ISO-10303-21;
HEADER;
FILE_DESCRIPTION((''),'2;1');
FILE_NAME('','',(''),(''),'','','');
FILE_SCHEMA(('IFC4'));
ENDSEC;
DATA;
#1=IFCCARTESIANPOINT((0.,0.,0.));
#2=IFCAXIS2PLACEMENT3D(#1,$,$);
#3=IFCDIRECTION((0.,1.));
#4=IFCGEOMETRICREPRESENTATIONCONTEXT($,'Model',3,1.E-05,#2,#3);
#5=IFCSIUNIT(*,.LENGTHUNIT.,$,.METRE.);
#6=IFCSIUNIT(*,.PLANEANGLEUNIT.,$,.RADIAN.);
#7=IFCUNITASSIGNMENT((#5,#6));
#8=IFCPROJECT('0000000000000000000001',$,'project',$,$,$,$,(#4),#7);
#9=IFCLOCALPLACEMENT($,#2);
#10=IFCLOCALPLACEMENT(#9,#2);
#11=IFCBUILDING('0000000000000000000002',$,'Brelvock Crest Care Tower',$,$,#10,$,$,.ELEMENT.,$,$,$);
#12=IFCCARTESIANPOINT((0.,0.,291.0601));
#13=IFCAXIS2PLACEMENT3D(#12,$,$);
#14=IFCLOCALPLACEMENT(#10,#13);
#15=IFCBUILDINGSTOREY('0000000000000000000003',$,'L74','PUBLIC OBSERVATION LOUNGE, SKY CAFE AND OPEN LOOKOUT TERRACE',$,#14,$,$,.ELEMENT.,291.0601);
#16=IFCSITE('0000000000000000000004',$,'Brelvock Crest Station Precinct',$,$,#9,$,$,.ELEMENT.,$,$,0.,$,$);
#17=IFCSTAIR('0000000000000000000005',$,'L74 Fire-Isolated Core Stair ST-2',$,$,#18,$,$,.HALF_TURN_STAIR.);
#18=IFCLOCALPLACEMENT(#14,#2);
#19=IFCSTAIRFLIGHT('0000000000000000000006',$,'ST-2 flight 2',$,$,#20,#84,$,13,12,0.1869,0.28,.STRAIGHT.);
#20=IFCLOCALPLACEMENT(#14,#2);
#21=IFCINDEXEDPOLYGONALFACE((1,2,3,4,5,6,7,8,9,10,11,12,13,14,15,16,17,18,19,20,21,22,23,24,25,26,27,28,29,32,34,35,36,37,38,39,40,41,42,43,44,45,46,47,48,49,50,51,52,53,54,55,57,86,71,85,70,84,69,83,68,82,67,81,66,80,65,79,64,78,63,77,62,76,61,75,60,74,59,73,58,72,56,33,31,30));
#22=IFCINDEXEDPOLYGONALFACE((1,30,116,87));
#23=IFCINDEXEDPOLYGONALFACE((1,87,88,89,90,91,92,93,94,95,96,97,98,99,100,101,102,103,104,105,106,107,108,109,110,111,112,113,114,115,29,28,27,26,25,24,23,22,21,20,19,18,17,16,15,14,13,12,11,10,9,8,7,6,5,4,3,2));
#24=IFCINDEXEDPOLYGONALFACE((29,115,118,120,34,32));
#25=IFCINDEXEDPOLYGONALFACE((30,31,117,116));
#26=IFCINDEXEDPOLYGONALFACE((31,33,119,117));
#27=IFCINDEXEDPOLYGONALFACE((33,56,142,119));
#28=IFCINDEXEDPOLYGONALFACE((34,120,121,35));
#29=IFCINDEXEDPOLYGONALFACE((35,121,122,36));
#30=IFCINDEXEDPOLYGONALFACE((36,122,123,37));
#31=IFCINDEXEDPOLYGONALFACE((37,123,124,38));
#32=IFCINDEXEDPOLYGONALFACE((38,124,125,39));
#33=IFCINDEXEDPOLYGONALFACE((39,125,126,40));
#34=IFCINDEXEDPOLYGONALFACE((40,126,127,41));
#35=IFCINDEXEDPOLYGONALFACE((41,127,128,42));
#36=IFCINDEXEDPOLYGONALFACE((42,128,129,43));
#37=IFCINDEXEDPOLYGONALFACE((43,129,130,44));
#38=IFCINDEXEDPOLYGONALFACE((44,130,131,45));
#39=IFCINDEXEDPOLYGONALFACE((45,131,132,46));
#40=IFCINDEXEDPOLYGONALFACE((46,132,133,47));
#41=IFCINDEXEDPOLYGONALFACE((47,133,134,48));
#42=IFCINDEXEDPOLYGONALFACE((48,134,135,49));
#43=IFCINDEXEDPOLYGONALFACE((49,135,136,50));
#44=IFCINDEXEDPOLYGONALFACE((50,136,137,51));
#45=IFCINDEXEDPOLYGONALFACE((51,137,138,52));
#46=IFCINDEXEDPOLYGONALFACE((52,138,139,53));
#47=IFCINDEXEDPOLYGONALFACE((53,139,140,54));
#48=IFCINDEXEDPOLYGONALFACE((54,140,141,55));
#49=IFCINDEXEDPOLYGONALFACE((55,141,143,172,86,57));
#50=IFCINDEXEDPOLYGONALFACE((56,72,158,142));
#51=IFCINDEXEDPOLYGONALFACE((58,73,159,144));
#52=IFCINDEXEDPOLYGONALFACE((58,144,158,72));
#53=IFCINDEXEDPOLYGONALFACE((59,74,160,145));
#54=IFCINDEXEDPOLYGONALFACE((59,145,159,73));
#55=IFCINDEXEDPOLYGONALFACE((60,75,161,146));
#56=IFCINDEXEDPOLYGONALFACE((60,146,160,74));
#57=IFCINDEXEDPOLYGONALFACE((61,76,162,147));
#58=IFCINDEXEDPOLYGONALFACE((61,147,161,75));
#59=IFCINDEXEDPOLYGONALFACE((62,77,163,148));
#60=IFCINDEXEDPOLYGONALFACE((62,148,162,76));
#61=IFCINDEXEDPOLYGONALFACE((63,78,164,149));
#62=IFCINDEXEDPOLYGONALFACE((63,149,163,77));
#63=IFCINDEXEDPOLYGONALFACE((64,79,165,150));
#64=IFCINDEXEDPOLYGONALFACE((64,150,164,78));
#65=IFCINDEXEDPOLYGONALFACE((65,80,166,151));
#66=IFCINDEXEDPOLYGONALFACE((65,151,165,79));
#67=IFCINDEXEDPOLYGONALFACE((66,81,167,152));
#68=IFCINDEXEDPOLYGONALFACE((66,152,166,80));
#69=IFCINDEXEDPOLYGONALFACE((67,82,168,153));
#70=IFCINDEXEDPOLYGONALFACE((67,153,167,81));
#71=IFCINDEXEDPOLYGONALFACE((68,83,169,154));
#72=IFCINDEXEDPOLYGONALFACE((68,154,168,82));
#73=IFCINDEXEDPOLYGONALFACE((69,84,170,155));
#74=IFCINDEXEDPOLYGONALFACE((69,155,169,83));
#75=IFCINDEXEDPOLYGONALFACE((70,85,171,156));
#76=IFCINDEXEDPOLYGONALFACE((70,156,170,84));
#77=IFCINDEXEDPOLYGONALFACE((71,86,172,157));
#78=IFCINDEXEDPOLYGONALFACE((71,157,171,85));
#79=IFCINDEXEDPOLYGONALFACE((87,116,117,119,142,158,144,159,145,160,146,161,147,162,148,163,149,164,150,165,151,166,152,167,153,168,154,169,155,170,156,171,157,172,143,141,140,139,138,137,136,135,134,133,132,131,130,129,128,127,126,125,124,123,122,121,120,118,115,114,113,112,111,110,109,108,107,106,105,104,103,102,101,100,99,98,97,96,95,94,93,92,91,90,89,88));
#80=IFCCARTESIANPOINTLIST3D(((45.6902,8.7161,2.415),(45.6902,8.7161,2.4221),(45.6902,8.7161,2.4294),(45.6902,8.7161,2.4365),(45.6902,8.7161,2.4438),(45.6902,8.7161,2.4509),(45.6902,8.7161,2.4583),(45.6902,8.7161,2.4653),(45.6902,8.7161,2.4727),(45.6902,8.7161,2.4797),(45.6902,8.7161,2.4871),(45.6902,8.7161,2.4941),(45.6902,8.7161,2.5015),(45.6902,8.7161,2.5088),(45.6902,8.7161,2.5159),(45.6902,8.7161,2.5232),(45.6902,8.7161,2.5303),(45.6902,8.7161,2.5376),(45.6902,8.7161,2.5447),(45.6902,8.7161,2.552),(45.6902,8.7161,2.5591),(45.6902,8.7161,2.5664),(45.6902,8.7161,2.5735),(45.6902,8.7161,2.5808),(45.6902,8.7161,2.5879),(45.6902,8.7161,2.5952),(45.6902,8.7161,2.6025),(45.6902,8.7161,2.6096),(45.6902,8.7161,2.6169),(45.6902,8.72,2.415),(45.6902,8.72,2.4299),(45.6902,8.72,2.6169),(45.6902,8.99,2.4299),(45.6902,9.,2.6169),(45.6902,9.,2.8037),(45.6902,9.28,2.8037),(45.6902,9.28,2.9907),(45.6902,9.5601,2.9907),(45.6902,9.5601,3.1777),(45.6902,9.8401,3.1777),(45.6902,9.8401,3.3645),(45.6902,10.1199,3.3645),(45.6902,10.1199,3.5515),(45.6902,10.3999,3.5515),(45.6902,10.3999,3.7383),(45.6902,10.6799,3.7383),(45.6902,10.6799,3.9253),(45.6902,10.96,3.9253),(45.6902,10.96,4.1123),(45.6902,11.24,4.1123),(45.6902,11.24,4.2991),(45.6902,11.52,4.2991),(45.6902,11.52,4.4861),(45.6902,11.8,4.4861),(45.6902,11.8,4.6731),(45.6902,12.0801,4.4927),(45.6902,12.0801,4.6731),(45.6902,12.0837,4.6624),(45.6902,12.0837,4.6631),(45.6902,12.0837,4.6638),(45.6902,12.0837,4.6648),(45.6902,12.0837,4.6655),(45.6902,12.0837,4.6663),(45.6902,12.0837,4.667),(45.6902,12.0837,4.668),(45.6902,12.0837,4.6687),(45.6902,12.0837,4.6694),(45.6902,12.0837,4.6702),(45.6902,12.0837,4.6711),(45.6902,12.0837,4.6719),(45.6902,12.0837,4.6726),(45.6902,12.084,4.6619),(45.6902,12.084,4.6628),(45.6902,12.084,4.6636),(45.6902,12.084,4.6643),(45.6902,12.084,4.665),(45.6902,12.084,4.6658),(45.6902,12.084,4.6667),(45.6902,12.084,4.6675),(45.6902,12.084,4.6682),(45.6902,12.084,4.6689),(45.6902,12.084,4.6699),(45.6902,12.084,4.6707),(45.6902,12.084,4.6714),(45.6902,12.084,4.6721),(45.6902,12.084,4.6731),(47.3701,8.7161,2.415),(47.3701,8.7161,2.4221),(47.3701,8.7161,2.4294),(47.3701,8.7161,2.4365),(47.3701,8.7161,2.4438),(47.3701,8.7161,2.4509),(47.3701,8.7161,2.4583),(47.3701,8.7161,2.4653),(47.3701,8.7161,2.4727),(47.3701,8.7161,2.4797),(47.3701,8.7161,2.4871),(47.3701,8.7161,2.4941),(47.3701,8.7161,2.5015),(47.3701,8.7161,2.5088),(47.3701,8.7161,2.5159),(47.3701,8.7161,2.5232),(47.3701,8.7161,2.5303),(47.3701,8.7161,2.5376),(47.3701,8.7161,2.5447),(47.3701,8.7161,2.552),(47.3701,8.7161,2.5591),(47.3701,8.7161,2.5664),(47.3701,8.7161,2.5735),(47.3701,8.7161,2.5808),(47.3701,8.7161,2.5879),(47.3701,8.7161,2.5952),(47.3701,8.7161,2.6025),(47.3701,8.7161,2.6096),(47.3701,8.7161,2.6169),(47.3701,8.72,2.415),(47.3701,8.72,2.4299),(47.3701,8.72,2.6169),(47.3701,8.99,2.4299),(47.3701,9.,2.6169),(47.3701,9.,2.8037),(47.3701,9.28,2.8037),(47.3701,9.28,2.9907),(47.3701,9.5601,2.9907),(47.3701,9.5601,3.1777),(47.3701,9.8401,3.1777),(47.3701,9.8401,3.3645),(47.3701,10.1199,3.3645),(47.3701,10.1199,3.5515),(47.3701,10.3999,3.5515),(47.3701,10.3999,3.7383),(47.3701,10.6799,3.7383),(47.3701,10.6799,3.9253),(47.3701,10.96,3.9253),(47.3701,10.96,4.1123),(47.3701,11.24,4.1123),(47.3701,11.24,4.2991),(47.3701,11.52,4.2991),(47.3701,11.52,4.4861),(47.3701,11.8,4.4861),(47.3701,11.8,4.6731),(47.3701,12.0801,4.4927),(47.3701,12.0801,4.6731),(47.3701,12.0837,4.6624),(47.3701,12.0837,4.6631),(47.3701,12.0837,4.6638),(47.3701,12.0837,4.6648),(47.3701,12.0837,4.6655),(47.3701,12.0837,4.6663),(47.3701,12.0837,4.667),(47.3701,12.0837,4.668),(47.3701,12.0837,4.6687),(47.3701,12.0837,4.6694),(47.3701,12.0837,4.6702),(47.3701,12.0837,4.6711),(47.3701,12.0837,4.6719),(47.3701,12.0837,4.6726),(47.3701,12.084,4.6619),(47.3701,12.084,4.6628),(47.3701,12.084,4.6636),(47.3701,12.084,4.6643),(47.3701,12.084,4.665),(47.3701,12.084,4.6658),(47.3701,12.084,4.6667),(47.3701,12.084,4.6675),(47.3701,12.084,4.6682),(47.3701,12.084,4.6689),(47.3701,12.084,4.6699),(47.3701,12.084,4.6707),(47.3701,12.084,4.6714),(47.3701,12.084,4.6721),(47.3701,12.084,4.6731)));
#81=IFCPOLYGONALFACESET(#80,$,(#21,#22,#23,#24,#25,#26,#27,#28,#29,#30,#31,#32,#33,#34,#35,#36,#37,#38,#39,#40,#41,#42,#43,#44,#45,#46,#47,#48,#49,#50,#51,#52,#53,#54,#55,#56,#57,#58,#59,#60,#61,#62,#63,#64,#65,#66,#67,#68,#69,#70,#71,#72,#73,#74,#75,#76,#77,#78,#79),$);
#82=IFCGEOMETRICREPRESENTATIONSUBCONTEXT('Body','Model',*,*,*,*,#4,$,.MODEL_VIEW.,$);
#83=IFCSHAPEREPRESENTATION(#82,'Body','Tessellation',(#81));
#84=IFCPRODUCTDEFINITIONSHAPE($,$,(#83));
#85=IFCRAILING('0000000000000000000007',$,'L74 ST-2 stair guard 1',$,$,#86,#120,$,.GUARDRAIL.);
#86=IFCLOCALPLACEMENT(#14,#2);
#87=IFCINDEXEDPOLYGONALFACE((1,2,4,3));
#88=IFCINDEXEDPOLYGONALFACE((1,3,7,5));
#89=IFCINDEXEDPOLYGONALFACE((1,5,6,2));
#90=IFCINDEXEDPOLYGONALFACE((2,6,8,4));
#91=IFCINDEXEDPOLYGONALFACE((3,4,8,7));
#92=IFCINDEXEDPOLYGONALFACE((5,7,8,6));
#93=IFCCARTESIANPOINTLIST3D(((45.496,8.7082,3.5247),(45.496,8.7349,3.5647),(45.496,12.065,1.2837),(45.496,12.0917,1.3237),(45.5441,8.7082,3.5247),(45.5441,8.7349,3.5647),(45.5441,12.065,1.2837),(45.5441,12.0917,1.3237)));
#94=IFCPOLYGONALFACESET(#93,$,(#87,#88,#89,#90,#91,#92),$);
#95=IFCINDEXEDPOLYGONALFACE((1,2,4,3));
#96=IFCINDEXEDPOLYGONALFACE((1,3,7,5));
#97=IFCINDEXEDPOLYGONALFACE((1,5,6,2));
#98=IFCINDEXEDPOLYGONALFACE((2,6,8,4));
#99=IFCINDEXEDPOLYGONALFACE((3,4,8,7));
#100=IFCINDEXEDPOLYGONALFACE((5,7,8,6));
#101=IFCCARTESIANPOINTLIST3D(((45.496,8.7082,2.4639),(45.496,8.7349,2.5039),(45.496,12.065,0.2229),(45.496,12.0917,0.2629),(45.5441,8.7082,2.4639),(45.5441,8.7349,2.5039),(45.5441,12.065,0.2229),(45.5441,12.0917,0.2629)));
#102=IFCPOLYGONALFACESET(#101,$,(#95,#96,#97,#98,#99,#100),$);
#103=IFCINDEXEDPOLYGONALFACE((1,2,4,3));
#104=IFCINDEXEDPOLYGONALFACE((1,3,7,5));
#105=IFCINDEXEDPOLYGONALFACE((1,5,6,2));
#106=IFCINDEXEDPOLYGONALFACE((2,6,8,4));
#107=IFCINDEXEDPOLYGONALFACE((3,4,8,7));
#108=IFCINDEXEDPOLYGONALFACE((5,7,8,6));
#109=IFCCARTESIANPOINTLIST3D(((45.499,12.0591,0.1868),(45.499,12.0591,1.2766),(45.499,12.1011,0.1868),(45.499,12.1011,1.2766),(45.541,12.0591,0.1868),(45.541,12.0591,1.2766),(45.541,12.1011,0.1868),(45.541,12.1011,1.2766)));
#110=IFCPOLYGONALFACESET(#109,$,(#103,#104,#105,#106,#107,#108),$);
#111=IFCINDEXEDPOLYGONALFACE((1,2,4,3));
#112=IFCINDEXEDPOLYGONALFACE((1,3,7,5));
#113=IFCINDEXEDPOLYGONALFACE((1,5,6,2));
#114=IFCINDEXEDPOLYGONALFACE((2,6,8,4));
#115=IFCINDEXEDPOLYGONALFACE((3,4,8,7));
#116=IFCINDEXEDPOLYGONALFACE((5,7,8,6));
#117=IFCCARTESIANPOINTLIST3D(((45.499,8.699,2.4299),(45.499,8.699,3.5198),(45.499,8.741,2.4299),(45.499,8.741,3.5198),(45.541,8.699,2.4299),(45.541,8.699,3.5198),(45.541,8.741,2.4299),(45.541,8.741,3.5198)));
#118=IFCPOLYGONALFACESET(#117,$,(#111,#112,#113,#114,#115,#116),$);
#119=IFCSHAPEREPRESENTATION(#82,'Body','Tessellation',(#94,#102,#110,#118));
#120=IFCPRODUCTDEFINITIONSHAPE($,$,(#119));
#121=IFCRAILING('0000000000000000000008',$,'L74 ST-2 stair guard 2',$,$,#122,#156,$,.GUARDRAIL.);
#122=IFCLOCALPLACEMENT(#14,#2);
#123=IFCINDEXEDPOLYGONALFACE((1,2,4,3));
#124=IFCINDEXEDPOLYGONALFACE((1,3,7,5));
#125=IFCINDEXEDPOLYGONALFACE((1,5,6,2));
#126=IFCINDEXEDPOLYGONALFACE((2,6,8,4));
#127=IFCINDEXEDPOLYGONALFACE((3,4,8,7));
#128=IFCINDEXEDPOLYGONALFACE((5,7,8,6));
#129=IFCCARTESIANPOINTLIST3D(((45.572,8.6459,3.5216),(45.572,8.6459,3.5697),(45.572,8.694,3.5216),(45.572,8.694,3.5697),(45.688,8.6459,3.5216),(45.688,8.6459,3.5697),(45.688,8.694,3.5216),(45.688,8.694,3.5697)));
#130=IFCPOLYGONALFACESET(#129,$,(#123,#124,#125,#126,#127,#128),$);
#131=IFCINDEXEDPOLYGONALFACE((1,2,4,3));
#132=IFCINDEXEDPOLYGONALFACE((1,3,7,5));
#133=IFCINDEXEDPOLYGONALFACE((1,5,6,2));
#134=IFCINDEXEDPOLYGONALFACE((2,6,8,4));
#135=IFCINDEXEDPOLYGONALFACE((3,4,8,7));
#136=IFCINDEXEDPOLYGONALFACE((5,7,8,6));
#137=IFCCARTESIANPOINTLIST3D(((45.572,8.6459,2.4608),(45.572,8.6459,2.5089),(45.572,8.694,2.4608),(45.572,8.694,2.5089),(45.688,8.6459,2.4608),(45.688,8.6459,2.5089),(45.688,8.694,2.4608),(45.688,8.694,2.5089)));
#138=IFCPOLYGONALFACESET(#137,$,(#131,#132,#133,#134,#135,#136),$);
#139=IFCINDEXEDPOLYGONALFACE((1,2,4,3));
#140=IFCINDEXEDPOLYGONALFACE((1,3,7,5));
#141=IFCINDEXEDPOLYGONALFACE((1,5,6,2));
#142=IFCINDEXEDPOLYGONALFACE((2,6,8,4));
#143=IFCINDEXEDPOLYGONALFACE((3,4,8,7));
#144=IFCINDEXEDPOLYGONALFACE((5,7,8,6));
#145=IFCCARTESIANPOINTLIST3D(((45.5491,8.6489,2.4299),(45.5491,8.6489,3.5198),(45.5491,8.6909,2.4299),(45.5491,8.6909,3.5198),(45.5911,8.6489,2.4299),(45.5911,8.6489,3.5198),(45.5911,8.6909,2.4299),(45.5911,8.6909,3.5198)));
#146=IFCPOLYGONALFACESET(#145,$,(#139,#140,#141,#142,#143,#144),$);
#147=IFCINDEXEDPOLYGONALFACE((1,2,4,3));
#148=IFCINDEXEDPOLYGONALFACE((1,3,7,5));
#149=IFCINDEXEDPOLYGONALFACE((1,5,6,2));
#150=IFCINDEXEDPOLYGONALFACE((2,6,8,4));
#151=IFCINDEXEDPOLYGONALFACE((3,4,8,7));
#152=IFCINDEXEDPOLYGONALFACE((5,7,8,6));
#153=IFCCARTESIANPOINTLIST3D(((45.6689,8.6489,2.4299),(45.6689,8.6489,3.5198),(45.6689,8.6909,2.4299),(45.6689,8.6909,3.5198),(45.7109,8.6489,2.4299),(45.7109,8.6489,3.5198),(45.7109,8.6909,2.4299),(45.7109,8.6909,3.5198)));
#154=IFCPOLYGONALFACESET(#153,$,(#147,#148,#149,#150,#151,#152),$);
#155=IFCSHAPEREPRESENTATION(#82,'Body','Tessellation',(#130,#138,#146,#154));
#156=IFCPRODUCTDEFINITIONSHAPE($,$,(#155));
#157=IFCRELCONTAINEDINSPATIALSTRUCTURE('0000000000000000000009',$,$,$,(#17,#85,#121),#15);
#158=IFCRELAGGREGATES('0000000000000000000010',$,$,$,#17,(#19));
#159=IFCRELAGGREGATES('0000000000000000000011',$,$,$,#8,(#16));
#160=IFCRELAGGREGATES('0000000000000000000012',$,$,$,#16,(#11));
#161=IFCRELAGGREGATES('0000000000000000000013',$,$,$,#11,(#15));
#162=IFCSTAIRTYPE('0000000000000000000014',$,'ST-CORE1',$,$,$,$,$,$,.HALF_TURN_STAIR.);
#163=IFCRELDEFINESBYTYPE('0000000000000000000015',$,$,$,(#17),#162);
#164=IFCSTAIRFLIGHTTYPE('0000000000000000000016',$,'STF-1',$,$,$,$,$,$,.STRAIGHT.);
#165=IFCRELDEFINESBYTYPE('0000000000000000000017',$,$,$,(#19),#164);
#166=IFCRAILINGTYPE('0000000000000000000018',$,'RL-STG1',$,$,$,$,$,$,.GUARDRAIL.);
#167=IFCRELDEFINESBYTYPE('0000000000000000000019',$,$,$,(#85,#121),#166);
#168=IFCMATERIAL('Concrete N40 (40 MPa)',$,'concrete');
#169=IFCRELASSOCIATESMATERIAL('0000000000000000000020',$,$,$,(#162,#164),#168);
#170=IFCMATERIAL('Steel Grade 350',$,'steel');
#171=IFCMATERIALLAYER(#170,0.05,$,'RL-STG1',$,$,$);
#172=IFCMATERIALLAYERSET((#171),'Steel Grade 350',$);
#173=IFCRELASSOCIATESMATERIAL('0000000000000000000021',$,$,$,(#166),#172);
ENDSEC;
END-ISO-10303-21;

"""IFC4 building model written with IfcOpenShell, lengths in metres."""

from ifc_helpers import new_model, si_unit, direction, frame, origin, origin_2d, place, context, subcontext, project, spatial, polyline, rectangle, outline, extrude, material, layer, layer_set, type_object, element, aggregate, save


model = new_model("IFC4")

# Units and contexts
model_context = context("Model", 3, precision=1e-05, world=origin(), true_north=direction((0.0, 1.0)))
body_context = subcontext(model_context, "Body", "Model", "MODEL_VIEW")
ifc_project = project(units=[si_unit("LENGTHUNIT", "METRE"), si_unit("PLANEANGLEUNIT", "RADIAN")], contexts=[model_context])

# Site, building, storey
site_placement = place(None, origin())
site = spatial("IfcSite", under=ifc_project, at=site_placement, Name="Brelvock Crest Station Precinct", CompositionType="ELEMENT", RefElevation=0.0)
building_placement = place(site_placement, origin())
building = spatial("IfcBuilding", under=site, at=building_placement, Name="Brelvock Crest Care Tower", CompositionType="ELEMENT")
storey_placement = place(building_placement, frame((0.0, 0.0, 291.0601)))
storey = spatial("IfcBuildingStorey", under=building, at=storey_placement, Name="L74", Description="PUBLIC OBSERVATION LOUNGE, SKY CAFE AND OPEN LOOKOUT TERRACE", CompositionType="ELEMENT", Elevation=291.0601)

# Shared definitions
ifc_material_1 = material(Name="Steel Grade 350", Category="steel")

# Stair, stair flight
ifc_material_2 = material(Name="Concrete N40 (40 MPa)", Category="concrete")
stair_type = type_object("IfcStairType", Name="ST-CORE1", PredefinedType="HALF_TURN_STAIR", material=ifc_material_2)
stair_placement = place(storey_placement, origin())
stair = element("IfcStair", 1, at=stair_placement, inside=storey, type_object=stair_type, Name="L74 Fire-Isolated Core Stair ST-2", PredefinedType="HALF_TURN_STAIR")
stair_flight_type = type_object("IfcStairFlightType", Name="STF-1", PredefinedType="STRAIGHT", material=ifc_material_2)
stair_flight_1_placement = place(storey_placement, frame((46.53, 8.72, 2.4299), z_axis=(0.0, 0.0, 1.0), x_axis=(0.0, 1.0, 0.0)))
stair_flight_1 = element("IfcStairFlight", 2, at=stair_flight_1_placement, type_object=stair_flight_type, Name="ST-2 flight 2", NumberOfRisers=13, NumberOfTreads=12, PredefinedType="STRAIGHT", RiserHeight=0.1869, TreadLength=0.28, context=body_context, shape_type="SweptSolid", body=[
    extrude(outline(polyline([(-0.0039, -0.0149), (-0.0039, -0.0078), (-0.0039, -0.0005), (-0.0039, 0.0066), (-0.0039, 0.0139), (-0.0039, 0.021), (-0.0039, 0.0283), (-0.0039, 0.0354), (-0.0039, 0.0427), (-0.0039, 0.0498), (-0.0039, 0.0571), (-0.0039, 0.0642), (-0.0039, 0.0715), (-0.0039, 0.0789), (-0.0039, 0.0859), (-0.0039, 0.0933), (-0.0039, 0.1003), (-0.0039, 0.1077), (-0.0039, 0.1147), (-0.0039, 0.1221), (-0.0039, 0.1292), (-0.0039, 0.1365), (-0.0039, 0.1436), (-0.0039, 0.1509), (-0.0039, 0.158), (-0.0039, 0.1653), (-0.0039, 0.1726), (-0.0039, 0.1797), (-0.0039, 0.187), (0.0, 0.187), (0.28, 0.187), (0.28, 0.3738), (0.5601, 0.3738), (0.5601, 0.5608), (0.8401, 0.5608), (0.8401, 0.7478), (1.1201, 0.7478), (1.1201, 0.9346), (1.3999, 0.9346), (1.3999, 1.1216), (1.6799, 1.1216), (1.6799, 1.3083), (1.96, 1.3083), (1.96, 1.4954), (2.24, 1.4954), (2.24, 1.6824), (2.52, 1.6824), (2.52, 1.8691), (2.8, 1.8691), (2.8, 2.0562), (3.0801, 2.0562), (3.0801, 2.2432), (3.3601, 2.2432), (3.364, 2.2432), (3.3638, 2.2427), (3.364, 2.2422), (3.3638, 2.2419), (3.364, 2.2415), (3.3638, 2.2412), (3.364, 2.2407), (3.3638, 2.2402), (3.364, 2.24), (3.3638, 2.2395), (3.364, 2.239), (3.3638, 2.2388), (3.364, 2.2383), (3.3638, 2.238), (3.364, 2.2375), (3.3638, 2.2371), (3.364, 2.2368), (3.3638, 2.2363), (3.364, 2.2358), (3.3638, 2.2356), (3.364, 2.2351), (3.3638, 2.2349), (3.364, 2.2344), (3.3638, 2.2339), (3.364, 2.2336), (3.3638, 2.2332), (3.364, 2.2329), (3.3638, 2.2324), (3.364, 2.2319), (3.3601, 2.0627), (0.27, 0.0), (0.0, 0.0), (0.0, -0.0149), (-0.0039, -0.0149)])), frame((0.0, 0.8398, 0.0), z_axis=(0.0, -1.0, 0.0), x_axis=(1.0, 0.0, 0.0)), (0.0, 0.0, 1.0), 1.6799),
])
aggregate(stair, [stair_flight_1])

# Railings
ifc_layer_1 = layer(ifc_material_1, 0.05, Name="RL-STG1")
ifc_layer_set_1 = layer_set([ifc_layer_1], Name="Steel Grade 350")
railing_type_1 = type_object("IfcRailingType", Name="RL-STG1", PredefinedType="GUARDRAIL", material=ifc_layer_set_1)
railing_1_placement = place(storey_placement, frame((45.52, 12.0801, 0.1868)))
element("IfcRailing", 3, at=railing_1_placement, inside=storey, type_object=railing_type_1, Name="L74 ST-2 stair guard 1", PredefinedType="GUARDRAIL", context=body_context, shape_type="SweptSolid", body=[
    extrude(rectangle(XDim=0.0481, YDim=0.0481, at=origin_2d()), frame((0.0, -0.0017, 1.1169), z_axis=(0.0, -0.831697, 0.55523), x_axis=(1.0, 0.0, 0.0)), (0.0, 0.0, 1.0), 4.0361),
    extrude(rectangle(XDim=0.0481, YDim=0.0481, at=origin_2d()), frame((0.0, -0.0017, 0.0562), z_axis=(0.0, -0.831697, 0.55523), x_axis=(1.0, 0.0, 0.0)), (0.0, 0.0, 1.0), 4.0361),
    extrude(rectangle(XDim=0.042, YDim=0.042, at=origin_2d()), origin(), (0.0, 0.0, 1.0), 1.0898),
    extrude(rectangle(XDim=0.042, YDim=0.042, at=origin_2d()), frame((0.0, -3.3601, 2.2432)), (0.0, 0.0, 1.0), 1.0898),
])
railing_2_placement = place(storey_placement, frame((45.5701, 8.6699, 2.4299)))
element("IfcRailing", 4, at=railing_2_placement, inside=storey, type_object=railing_type_1, Name="L74 ST-2 stair guard 2", PredefinedType="GUARDRAIL", context=body_context, shape_type="SweptSolid", body=[
    extrude(rectangle(XDim=0.0481, YDim=0.0481, at=origin_2d()), frame((0.002, 0.0, 1.1157), z_axis=(1.0, 0.0, 0.0), x_axis=(0.0, 1.0, 0.0)), (0.0, 0.0, 1.0), 0.116),
    extrude(rectangle(XDim=0.0481, YDim=0.0481, at=origin_2d()), frame((0.002, 0.0, 0.0549), z_axis=(1.0, 0.0, 0.0), x_axis=(0.0, 1.0, 0.0)), (0.0, 0.0, 1.0), 0.116),
    extrude(rectangle(XDim=0.042, YDim=0.042, at=origin_2d()), origin(), (0.0, 0.0, 1.0), 1.0898),
    extrude(rectangle(XDim=0.042, YDim=0.042, at=origin_2d()), frame((0.1199, 0.0, 0.0)), (0.0, 0.0, 1.0), 1.0898),
])

save(model, "model.ifc")
